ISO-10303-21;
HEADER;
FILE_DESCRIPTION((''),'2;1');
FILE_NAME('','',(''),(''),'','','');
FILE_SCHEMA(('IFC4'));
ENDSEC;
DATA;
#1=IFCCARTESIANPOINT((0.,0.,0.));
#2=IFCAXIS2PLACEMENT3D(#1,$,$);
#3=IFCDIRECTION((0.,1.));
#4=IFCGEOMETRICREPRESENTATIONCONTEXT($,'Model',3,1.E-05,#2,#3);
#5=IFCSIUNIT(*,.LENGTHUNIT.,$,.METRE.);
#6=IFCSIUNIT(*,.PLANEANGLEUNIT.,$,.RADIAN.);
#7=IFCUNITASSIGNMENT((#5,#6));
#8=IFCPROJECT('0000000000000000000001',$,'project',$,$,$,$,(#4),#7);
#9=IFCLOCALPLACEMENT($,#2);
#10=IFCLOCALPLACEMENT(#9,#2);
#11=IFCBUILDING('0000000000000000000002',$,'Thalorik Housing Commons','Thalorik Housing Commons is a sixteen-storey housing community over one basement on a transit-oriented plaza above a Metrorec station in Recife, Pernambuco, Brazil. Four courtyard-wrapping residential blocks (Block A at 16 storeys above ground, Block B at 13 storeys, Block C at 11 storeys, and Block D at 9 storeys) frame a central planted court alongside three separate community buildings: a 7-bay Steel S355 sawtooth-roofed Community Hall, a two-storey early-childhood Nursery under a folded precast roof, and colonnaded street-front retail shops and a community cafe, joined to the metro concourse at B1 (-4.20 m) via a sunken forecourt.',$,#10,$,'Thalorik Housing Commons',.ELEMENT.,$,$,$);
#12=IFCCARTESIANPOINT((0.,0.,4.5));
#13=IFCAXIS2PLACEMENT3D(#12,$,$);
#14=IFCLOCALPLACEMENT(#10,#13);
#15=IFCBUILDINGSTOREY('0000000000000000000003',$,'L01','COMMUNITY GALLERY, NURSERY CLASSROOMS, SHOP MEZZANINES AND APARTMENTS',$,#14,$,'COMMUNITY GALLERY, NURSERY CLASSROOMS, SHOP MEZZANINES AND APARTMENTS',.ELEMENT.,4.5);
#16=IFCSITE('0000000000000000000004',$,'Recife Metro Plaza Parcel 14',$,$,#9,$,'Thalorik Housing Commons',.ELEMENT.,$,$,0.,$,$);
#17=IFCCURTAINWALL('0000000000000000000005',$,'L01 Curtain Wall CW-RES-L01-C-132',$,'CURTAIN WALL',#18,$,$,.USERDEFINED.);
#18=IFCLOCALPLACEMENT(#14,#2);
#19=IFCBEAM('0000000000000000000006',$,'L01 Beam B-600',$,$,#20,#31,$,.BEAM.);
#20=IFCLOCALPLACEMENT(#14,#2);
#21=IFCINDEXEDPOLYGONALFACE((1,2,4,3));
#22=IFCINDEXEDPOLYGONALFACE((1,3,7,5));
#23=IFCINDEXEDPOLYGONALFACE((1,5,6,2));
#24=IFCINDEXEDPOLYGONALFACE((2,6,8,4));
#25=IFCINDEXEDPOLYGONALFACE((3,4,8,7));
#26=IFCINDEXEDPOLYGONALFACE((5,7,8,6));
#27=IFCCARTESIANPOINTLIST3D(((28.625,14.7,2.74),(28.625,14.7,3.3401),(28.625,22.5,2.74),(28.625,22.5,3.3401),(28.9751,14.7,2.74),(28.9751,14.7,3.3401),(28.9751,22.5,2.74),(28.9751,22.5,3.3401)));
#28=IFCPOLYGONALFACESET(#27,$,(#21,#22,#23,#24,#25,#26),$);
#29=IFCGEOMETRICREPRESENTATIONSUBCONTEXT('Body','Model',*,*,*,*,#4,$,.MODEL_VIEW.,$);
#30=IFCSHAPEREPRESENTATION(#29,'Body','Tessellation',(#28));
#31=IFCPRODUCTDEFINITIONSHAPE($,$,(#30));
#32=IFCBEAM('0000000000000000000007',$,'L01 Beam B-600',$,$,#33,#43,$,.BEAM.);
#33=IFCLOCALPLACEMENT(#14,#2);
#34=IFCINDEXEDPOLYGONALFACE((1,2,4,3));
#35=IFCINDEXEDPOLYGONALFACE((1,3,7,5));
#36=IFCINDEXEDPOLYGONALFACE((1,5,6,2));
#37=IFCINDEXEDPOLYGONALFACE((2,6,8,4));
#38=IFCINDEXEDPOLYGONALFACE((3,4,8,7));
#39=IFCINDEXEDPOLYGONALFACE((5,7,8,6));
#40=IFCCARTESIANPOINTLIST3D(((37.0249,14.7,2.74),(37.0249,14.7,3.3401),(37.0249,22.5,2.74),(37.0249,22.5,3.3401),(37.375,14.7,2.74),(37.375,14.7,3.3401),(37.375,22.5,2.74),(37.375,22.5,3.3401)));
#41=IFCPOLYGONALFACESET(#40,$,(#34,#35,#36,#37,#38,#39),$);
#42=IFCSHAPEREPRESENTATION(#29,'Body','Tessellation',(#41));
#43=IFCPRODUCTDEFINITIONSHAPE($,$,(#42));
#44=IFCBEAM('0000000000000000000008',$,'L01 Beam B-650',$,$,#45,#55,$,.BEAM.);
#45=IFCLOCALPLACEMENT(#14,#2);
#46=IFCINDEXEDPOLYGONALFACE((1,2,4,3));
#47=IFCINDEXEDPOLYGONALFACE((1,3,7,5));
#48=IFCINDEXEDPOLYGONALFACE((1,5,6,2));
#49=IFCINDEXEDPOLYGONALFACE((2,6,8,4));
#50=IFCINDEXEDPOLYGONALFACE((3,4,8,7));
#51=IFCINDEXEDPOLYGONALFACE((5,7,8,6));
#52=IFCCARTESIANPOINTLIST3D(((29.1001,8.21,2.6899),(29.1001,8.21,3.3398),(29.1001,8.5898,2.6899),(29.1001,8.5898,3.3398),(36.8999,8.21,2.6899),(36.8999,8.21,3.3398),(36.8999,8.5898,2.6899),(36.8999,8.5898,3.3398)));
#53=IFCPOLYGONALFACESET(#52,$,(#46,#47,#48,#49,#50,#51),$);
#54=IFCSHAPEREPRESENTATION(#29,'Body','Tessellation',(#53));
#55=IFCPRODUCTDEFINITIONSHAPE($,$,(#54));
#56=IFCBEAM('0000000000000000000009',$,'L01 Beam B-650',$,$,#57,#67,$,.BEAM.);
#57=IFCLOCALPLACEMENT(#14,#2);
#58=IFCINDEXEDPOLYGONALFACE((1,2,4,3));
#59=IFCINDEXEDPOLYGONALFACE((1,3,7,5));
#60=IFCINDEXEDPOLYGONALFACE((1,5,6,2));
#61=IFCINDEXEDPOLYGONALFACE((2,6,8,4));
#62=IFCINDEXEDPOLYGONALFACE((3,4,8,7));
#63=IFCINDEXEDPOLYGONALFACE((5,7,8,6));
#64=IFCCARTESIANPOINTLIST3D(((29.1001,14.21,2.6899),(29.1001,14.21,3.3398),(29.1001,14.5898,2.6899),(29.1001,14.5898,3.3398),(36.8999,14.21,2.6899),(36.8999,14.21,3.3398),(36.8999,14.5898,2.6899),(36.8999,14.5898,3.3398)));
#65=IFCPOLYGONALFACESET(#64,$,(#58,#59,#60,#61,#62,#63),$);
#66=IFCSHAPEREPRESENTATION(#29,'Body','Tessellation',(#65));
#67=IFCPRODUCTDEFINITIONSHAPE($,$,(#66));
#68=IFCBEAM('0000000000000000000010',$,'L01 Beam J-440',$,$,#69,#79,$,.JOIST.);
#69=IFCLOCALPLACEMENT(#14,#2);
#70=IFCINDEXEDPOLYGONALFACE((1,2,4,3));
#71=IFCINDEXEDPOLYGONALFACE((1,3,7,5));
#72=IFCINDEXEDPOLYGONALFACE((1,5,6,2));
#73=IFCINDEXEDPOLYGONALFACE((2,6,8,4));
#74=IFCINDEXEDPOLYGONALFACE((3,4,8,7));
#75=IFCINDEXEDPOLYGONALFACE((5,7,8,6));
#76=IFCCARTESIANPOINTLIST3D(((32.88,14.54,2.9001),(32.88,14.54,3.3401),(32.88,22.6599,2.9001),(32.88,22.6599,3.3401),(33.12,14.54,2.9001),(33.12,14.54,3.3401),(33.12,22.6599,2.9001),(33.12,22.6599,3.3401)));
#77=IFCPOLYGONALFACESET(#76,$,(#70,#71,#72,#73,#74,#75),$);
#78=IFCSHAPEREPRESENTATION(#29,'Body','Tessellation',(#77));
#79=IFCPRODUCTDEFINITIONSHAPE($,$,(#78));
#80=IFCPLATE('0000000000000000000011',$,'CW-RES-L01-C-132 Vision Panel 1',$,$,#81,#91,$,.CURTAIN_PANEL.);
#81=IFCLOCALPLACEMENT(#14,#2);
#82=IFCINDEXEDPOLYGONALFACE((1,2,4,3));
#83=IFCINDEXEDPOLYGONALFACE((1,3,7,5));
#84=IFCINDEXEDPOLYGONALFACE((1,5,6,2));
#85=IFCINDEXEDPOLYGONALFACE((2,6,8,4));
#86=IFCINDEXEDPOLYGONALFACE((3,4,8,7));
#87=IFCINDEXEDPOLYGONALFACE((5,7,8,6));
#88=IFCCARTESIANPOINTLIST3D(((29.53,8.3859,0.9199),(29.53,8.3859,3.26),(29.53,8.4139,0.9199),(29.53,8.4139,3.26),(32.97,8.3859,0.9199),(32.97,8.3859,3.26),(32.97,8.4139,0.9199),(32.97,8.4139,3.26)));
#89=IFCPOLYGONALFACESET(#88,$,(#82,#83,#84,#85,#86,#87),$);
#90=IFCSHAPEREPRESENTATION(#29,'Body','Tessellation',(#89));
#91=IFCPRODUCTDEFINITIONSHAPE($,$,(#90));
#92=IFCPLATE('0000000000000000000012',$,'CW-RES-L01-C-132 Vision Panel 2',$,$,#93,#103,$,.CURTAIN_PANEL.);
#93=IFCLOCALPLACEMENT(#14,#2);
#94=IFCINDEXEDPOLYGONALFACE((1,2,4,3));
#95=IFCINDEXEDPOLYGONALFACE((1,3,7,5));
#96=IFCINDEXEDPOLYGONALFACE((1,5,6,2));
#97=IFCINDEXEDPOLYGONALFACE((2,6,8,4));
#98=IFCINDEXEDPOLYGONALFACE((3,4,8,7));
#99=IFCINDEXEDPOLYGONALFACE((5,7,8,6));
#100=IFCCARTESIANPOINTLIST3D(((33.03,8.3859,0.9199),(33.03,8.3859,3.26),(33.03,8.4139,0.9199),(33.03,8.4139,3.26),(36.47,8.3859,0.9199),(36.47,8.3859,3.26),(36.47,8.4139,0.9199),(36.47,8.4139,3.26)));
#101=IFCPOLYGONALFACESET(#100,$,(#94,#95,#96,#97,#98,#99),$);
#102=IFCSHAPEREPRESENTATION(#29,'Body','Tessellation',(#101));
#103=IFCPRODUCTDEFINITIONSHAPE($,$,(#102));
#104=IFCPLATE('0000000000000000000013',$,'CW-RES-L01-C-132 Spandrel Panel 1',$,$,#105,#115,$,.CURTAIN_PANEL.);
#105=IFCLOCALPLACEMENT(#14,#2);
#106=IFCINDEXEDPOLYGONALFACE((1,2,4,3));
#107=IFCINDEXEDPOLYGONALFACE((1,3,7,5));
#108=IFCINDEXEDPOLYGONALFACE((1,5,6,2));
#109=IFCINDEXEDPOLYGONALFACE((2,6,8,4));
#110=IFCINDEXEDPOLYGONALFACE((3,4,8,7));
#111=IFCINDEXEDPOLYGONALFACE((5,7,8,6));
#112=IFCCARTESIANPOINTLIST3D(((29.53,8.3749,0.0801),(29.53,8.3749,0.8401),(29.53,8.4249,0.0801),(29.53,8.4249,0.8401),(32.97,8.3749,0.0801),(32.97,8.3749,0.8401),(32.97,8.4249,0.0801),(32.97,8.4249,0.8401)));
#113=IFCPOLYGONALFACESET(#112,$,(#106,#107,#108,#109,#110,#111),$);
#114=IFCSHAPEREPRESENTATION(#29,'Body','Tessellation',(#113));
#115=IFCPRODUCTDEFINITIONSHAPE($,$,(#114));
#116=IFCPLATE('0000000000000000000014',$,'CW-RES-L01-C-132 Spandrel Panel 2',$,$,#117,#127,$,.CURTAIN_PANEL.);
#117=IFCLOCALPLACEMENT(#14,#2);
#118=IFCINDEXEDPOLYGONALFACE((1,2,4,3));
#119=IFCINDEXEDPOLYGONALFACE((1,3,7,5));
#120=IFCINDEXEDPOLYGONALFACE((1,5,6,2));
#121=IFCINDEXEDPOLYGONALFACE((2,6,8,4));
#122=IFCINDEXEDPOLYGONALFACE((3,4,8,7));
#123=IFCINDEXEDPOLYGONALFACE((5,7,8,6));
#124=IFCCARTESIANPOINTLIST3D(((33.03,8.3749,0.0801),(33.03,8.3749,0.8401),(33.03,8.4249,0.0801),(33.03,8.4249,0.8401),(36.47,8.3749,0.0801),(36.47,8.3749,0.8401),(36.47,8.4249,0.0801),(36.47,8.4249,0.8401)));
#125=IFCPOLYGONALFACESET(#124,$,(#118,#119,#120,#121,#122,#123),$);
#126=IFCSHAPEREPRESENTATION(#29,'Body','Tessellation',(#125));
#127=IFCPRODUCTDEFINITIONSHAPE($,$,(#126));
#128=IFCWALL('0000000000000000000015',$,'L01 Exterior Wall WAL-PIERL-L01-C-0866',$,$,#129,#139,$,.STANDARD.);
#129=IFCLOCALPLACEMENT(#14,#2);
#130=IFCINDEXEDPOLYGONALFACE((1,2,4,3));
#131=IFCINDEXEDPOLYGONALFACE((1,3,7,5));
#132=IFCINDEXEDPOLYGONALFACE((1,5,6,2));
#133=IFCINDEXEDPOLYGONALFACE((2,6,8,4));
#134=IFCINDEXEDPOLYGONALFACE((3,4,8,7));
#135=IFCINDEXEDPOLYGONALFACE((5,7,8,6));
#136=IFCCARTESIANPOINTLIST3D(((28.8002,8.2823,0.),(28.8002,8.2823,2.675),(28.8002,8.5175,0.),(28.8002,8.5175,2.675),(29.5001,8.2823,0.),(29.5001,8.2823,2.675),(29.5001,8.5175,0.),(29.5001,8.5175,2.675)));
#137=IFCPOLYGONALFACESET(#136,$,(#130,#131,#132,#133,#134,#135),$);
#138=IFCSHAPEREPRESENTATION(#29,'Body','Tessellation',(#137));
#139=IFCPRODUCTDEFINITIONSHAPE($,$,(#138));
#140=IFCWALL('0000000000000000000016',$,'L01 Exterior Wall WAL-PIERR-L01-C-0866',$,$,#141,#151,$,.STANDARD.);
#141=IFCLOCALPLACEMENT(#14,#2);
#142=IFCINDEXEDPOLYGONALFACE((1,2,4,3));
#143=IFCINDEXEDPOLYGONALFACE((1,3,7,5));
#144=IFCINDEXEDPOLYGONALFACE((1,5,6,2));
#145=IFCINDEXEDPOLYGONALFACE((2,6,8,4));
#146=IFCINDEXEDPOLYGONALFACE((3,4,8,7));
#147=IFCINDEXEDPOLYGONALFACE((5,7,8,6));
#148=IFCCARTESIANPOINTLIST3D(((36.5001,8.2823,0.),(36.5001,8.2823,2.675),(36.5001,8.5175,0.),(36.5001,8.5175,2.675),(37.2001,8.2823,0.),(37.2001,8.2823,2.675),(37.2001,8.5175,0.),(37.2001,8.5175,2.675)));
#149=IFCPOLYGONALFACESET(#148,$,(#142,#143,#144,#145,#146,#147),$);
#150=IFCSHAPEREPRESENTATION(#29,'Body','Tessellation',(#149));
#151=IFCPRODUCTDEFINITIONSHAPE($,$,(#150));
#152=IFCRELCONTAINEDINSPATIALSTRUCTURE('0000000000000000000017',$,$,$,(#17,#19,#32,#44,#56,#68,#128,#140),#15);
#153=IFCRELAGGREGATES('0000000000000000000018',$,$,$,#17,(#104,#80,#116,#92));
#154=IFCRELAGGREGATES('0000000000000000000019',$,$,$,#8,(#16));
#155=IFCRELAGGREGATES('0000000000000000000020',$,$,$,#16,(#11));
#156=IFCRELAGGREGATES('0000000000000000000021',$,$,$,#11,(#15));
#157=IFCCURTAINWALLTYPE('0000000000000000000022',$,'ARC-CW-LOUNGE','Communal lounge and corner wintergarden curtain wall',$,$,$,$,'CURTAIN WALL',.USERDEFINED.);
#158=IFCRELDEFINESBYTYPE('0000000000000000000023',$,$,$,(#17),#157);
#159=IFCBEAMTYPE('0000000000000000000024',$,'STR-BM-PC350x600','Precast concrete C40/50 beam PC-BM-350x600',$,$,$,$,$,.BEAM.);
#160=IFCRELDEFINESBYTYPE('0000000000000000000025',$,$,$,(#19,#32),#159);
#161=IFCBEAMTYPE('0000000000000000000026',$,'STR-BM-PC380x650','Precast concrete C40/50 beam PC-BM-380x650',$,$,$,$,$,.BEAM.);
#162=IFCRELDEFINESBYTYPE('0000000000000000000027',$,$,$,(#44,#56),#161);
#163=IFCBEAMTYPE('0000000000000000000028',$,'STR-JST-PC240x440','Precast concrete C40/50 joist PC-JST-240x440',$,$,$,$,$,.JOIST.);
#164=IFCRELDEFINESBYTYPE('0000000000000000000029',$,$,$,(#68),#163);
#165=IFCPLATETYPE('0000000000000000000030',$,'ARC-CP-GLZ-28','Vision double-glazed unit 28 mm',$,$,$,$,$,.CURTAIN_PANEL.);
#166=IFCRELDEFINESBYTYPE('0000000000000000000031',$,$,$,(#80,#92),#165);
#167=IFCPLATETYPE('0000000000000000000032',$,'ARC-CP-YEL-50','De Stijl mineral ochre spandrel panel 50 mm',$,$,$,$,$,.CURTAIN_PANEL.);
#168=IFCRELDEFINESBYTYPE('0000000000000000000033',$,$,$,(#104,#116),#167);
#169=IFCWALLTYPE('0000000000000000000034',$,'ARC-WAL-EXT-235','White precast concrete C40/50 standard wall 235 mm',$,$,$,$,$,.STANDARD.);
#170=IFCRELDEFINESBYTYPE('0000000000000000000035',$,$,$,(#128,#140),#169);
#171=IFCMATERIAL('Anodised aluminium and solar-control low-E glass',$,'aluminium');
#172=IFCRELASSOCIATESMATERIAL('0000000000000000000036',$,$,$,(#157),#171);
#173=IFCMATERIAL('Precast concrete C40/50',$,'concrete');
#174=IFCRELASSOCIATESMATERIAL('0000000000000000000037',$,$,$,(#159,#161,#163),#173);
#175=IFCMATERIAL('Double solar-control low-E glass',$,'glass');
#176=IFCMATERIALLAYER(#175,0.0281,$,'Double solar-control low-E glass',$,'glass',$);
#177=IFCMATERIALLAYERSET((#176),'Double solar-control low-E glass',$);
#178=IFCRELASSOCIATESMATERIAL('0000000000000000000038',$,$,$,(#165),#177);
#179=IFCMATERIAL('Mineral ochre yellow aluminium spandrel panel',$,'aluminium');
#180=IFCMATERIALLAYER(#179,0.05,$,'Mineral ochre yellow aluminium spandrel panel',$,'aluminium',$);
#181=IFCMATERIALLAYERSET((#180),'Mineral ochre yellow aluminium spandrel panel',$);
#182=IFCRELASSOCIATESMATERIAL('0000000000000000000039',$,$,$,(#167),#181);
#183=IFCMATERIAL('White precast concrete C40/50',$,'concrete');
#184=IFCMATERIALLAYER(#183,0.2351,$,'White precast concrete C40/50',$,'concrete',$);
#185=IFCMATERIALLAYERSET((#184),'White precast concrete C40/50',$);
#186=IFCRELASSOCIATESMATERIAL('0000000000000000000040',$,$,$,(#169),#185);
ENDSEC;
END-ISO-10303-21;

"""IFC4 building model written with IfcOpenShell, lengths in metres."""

from ifc_helpers import new_model, si_unit, direction, frame, frame_2d, origin, origin_2d, place, context, subcontext, project, spatial, rectangle, extrude, material, layer, layer_set, material_profile, profile_set, type_object, element, aggregate, save


model = new_model("IFC4")

# Units and contexts
model_context = context("Model", 3, precision=1e-05, world=origin(), true_north=direction((0.0, 1.0)))
body_context = subcontext(model_context, "Body", "Model", "MODEL_VIEW")
ifc_project = project(units=[si_unit("LENGTHUNIT", "METRE"), si_unit("PLANEANGLEUNIT", "RADIAN")], contexts=[model_context])

# Site, building, storey
site_placement = place(None, origin())
site = spatial("IfcSite", under=ifc_project, at=site_placement, Name="Recife Metro Plaza Parcel 14", LongName="Thalorik Housing Commons", CompositionType="ELEMENT", RefElevation=0.0)
building_placement = place(site_placement, origin())
building = spatial("IfcBuilding", under=site, at=building_placement, Name="Thalorik Housing Commons", Description="Thalorik Housing Commons is a sixteen-storey housing community over one basement on a transit-oriented plaza above a Metrorec station in Recife, Pernambuco, Brazil. Four courtyard-wrapping residential blocks (Block A at 16 storeys above ground, Block B at 13 storeys, Block C at 11 storeys, and Block D at 9 storeys) frame a central planted court alongside three separate community buildings: a 7-bay Steel S355 sawtooth-roofed Community Hall, a two-storey early-childhood Nursery under a folded precast roof, and colonnaded street-front retail shops and a community cafe, joined to the metro concourse at B1 (-4.20 m) via a sunken forecourt.", LongName="Thalorik Housing Commons", CompositionType="ELEMENT")
storey_placement = place(building_placement, frame((0.0, 0.0, 4.5)))
storey = spatial("IfcBuildingStorey", under=building, at=storey_placement, Name="L01", Description="COMMUNITY GALLERY, NURSERY CLASSROOMS, SHOP MEZZANINES AND APARTMENTS", LongName="COMMUNITY GALLERY, NURSERY CLASSROOMS, SHOP MEZZANINES AND APARTMENTS", CompositionType="ELEMENT", Elevation=4.5)

# Shared definitions
ifc_material_1 = material(Name="Precast concrete C40/50", Category="concrete")

# Curtain wall
ifc_material_2 = material(Name="Anodised aluminium and solar-control low-E glass", Category="aluminium")
curtain_wall_type = type_object("IfcCurtainWallType", Name="ARC-CW-LOUNGE", Description="Communal lounge and corner wintergarden curtain wall", ElementType="CURTAIN WALL", PredefinedType="USERDEFINED", material=ifc_material_2)
curtain_wall_placement = place(storey_placement, origin())
curtain_wall = element("IfcCurtainWall", 1, at=curtain_wall_placement, inside=storey, type_object=curtain_wall_type, Name="L01 Curtain Wall CW-RES-L01-C-132", ObjectType="CURTAIN WALL", PredefinedType="USERDEFINED")

# Beams
ifc_material_profile_1 = material_profile(ifc_material_1, rectangle(XDim=0.3501, YDim=0.6001, at=origin_2d()), Name="PC 350x600", Category="concrete")
ifc_profile_set_1 = profile_set([ifc_material_profile_1], Name="Precast concrete C40/50")
beam_type_1 = type_object("IfcBeamType", Name="STR-BM-PC350x600", Description="Precast concrete C40/50 beam PC-BM-350x600", PredefinedType="BEAM", material=ifc_profile_set_1)
for number, where, z_axis, x_axis, name in (
    (2, (28.8, 14.7, 3.04), (0.0, 1.0, 0.0), (-1.0, 0.0, 0.0), "L01 Beam B-600"),
    (3, (37.2, 14.7, 3.04), (0.0, 1.0, 0.0), (-1.0, 0.0, 0.0), "L01 Beam B-600"),
):
    element("IfcBeam", number, at=place(storey_placement, frame(where, z_axis=z_axis, x_axis=x_axis)), inside=storey, type_object=beam_type_1, Name=name, PredefinedType="BEAM", context=body_context, shape_type="SweptSolid", body=[
        extrude(rectangle(XDim=0.3501, YDim=0.6001, at=origin_2d()), origin(), (0.0, 0.0, 1.0), 7.8),
    ])
ifc_material_profile_2 = material_profile(ifc_material_1, rectangle(XDim=0.3799, YDim=0.6499, at=origin_2d()), Name="PC 380x650", Category="concrete")
ifc_profile_set_2 = profile_set([ifc_material_profile_2], Name="Precast concrete C40/50")
beam_type_2 = type_object("IfcBeamType", Name="STR-BM-PC380x650", Description="Precast concrete C40/50 beam PC-BM-380x650", PredefinedType="BEAM", material=ifc_profile_set_2)
for number, where, z_axis, x_axis, name in (
    (4, (29.1001, 8.3999, 3.0149), (1.0, 0.0, 0.0), (0.0, 1.0, 0.0), "L01 Beam B-650"),
    (5, (29.1001, 14.3999, 3.0149), (1.0, 0.0, 0.0), (0.0, 1.0, 0.0), "L01 Beam B-650"),
):
    element("IfcBeam", number, at=place(storey_placement, frame(where, z_axis=z_axis, x_axis=x_axis)), inside=storey, type_object=beam_type_2, Name=name, PredefinedType="BEAM", context=body_context, shape_type="SweptSolid", body=[
        extrude(rectangle(XDim=0.3799, YDim=0.6499, at=origin_2d()), origin(), (0.0, 0.0, 1.0), 7.7998),
    ])
ifc_material_profile_3 = material_profile(ifc_material_1, rectangle(XDim=0.24, YDim=0.4399, at=origin_2d()), Name="PC JST 240x440", Category="concrete")
ifc_profile_set_3 = profile_set([ifc_material_profile_3], Name="Precast concrete C40/50")
beam_type_3 = type_object("IfcBeamType", Name="STR-JST-PC240x440", Description="Precast concrete C40/50 joist PC-JST-240x440", PredefinedType="JOIST", material=ifc_profile_set_3)
beam_placement = place(storey_placement, frame((33.0, 14.54, 3.1201), z_axis=(0.0, 1.0, 0.0), x_axis=(-1.0, 0.0, 0.0)))
element("IfcBeam", 6, at=beam_placement, inside=storey, type_object=beam_type_3, Name="L01 Beam J-440", PredefinedType="JOIST", context=body_context, shape_type="SweptSolid", body=[
    extrude(rectangle(XDim=0.24, YDim=0.4399, at=origin_2d()), origin(), (0.0, 0.0, 1.0), 8.1199),
])

# Plates
ifc_material_3 = material(Name="Double solar-control low-E glass", Category="glass")
ifc_layer_1 = layer(ifc_material_3, 0.0281, Name="Double solar-control low-E glass", Category="glass")
ifc_layer_set_1 = layer_set([ifc_layer_1], Name="Double solar-control low-E glass")
plate_type_1 = type_object("IfcPlateType", Name="ARC-CP-GLZ-28", Description="Vision double-glazed unit 28 mm", PredefinedType="CURTAIN_PANEL", material=ifc_layer_set_1)
plate_1_placement = place(storey_placement, frame((31.25, 8.3999, 0.9199), z_axis=(0.0, 0.0, 1.0), x_axis=(1.0, 0.0, 0.0)))
plate_1 = element("IfcPlate", 7, at=plate_1_placement, type_object=plate_type_1, Name="CW-RES-L01-C-132 Vision Panel 1", PredefinedType="CURTAIN_PANEL", context=body_context, shape_type="SweptSolid", body=[
    extrude(rectangle(XDim=3.4399, YDim=0.0281, at=origin_2d()), origin(), (0.0, 0.0, 1.0), 2.3401),
])
plate_2_placement = place(storey_placement, frame((34.75, 8.3999, 0.9199), z_axis=(0.0, 0.0, 1.0), x_axis=(1.0, 0.0, 0.0)))
plate_2 = element("IfcPlate", 8, at=plate_2_placement, type_object=plate_type_1, Name="CW-RES-L01-C-132 Vision Panel 2", PredefinedType="CURTAIN_PANEL", context=body_context, shape_type="SweptSolid", body=[
    extrude(rectangle(XDim=3.4399, YDim=0.0281, at=origin_2d()), origin(), (0.0, 0.0, 1.0), 2.3401),
])
ifc_material_4 = material(Name="Mineral ochre yellow aluminium spandrel panel", Category="aluminium")
ifc_layer_2 = layer(ifc_material_4, 0.05, Name="Mineral ochre yellow aluminium spandrel panel", Category="aluminium")
ifc_layer_set_2 = layer_set([ifc_layer_2], Name="Mineral ochre yellow aluminium spandrel panel")
plate_type_2 = type_object("IfcPlateType", Name="ARC-CP-YEL-50", Description="De Stijl mineral ochre spandrel panel 50 mm", PredefinedType="CURTAIN_PANEL", material=ifc_layer_set_2)
plate_3_placement = place(storey_placement, frame((31.25, 8.3999, 0.0801), z_axis=(0.0, 0.0, 1.0), x_axis=(1.0, 0.0, 0.0)))
plate_3 = element("IfcPlate", 9, at=plate_3_placement, type_object=plate_type_2, Name="CW-RES-L01-C-132 Spandrel Panel 1", PredefinedType="CURTAIN_PANEL", context=body_context, shape_type="SweptSolid", body=[
    extrude(rectangle(XDim=3.4399, YDim=0.05, at=origin_2d()), origin(), (0.0, 0.0, 1.0), 0.76),
])
plate_4_placement = place(storey_placement, frame((34.75, 8.3999, 0.0801), z_axis=(0.0, 0.0, 1.0), x_axis=(1.0, 0.0, 0.0)))
plate_4 = element("IfcPlate", 10, at=plate_4_placement, type_object=plate_type_2, Name="CW-RES-L01-C-132 Spandrel Panel 2", PredefinedType="CURTAIN_PANEL", context=body_context, shape_type="SweptSolid", body=[
    extrude(rectangle(XDim=3.4399, YDim=0.05, at=origin_2d()), origin(), (0.0, 0.0, 1.0), 0.76),
])
aggregate(curtain_wall, [plate_3, plate_1, plate_4, plate_2])

# Walls
ifc_material_5 = material(Name="White precast concrete C40/50", Category="concrete")
ifc_layer_3 = layer(ifc_material_5, 0.2351, Name="White precast concrete C40/50", Category="concrete")
ifc_layer_set_3 = layer_set([ifc_layer_3], Name="White precast concrete C40/50")
wall_type_1 = type_object("IfcWallType", Name="ARC-WAL-EXT-235", Description="White precast concrete C40/50 standard wall 235 mm", PredefinedType="STANDARD", material=ifc_layer_set_3)
for number, where, z_axis, x_axis, name in (
    (11, (28.8, 8.3999, 0.0), (0.0, 0.0, 1.0), (1.0, 0.0, 0.0), "L01 Exterior Wall WAL-PIERL-L01-C-0866"),
    (12, (36.5, 8.3999, 0.0), (0.0, 0.0, 1.0), (1.0, 0.0, 0.0), "L01 Exterior Wall WAL-PIERR-L01-C-0866"),
):
    element("IfcWall", number, at=place(storey_placement, frame(where, z_axis=z_axis, x_axis=x_axis)), inside=storey, type_object=wall_type_1, Name=name, PredefinedType="STANDARD", context=body_context, shape_type="SweptSolid", body=[
        extrude(rectangle(XDim=0.7, YDim=0.2351, at=frame_2d((0.3501, 0.0))), origin(), (0.0, 0.0, 1.0), 2.675),
    ])

save(model, "model.ifc")
